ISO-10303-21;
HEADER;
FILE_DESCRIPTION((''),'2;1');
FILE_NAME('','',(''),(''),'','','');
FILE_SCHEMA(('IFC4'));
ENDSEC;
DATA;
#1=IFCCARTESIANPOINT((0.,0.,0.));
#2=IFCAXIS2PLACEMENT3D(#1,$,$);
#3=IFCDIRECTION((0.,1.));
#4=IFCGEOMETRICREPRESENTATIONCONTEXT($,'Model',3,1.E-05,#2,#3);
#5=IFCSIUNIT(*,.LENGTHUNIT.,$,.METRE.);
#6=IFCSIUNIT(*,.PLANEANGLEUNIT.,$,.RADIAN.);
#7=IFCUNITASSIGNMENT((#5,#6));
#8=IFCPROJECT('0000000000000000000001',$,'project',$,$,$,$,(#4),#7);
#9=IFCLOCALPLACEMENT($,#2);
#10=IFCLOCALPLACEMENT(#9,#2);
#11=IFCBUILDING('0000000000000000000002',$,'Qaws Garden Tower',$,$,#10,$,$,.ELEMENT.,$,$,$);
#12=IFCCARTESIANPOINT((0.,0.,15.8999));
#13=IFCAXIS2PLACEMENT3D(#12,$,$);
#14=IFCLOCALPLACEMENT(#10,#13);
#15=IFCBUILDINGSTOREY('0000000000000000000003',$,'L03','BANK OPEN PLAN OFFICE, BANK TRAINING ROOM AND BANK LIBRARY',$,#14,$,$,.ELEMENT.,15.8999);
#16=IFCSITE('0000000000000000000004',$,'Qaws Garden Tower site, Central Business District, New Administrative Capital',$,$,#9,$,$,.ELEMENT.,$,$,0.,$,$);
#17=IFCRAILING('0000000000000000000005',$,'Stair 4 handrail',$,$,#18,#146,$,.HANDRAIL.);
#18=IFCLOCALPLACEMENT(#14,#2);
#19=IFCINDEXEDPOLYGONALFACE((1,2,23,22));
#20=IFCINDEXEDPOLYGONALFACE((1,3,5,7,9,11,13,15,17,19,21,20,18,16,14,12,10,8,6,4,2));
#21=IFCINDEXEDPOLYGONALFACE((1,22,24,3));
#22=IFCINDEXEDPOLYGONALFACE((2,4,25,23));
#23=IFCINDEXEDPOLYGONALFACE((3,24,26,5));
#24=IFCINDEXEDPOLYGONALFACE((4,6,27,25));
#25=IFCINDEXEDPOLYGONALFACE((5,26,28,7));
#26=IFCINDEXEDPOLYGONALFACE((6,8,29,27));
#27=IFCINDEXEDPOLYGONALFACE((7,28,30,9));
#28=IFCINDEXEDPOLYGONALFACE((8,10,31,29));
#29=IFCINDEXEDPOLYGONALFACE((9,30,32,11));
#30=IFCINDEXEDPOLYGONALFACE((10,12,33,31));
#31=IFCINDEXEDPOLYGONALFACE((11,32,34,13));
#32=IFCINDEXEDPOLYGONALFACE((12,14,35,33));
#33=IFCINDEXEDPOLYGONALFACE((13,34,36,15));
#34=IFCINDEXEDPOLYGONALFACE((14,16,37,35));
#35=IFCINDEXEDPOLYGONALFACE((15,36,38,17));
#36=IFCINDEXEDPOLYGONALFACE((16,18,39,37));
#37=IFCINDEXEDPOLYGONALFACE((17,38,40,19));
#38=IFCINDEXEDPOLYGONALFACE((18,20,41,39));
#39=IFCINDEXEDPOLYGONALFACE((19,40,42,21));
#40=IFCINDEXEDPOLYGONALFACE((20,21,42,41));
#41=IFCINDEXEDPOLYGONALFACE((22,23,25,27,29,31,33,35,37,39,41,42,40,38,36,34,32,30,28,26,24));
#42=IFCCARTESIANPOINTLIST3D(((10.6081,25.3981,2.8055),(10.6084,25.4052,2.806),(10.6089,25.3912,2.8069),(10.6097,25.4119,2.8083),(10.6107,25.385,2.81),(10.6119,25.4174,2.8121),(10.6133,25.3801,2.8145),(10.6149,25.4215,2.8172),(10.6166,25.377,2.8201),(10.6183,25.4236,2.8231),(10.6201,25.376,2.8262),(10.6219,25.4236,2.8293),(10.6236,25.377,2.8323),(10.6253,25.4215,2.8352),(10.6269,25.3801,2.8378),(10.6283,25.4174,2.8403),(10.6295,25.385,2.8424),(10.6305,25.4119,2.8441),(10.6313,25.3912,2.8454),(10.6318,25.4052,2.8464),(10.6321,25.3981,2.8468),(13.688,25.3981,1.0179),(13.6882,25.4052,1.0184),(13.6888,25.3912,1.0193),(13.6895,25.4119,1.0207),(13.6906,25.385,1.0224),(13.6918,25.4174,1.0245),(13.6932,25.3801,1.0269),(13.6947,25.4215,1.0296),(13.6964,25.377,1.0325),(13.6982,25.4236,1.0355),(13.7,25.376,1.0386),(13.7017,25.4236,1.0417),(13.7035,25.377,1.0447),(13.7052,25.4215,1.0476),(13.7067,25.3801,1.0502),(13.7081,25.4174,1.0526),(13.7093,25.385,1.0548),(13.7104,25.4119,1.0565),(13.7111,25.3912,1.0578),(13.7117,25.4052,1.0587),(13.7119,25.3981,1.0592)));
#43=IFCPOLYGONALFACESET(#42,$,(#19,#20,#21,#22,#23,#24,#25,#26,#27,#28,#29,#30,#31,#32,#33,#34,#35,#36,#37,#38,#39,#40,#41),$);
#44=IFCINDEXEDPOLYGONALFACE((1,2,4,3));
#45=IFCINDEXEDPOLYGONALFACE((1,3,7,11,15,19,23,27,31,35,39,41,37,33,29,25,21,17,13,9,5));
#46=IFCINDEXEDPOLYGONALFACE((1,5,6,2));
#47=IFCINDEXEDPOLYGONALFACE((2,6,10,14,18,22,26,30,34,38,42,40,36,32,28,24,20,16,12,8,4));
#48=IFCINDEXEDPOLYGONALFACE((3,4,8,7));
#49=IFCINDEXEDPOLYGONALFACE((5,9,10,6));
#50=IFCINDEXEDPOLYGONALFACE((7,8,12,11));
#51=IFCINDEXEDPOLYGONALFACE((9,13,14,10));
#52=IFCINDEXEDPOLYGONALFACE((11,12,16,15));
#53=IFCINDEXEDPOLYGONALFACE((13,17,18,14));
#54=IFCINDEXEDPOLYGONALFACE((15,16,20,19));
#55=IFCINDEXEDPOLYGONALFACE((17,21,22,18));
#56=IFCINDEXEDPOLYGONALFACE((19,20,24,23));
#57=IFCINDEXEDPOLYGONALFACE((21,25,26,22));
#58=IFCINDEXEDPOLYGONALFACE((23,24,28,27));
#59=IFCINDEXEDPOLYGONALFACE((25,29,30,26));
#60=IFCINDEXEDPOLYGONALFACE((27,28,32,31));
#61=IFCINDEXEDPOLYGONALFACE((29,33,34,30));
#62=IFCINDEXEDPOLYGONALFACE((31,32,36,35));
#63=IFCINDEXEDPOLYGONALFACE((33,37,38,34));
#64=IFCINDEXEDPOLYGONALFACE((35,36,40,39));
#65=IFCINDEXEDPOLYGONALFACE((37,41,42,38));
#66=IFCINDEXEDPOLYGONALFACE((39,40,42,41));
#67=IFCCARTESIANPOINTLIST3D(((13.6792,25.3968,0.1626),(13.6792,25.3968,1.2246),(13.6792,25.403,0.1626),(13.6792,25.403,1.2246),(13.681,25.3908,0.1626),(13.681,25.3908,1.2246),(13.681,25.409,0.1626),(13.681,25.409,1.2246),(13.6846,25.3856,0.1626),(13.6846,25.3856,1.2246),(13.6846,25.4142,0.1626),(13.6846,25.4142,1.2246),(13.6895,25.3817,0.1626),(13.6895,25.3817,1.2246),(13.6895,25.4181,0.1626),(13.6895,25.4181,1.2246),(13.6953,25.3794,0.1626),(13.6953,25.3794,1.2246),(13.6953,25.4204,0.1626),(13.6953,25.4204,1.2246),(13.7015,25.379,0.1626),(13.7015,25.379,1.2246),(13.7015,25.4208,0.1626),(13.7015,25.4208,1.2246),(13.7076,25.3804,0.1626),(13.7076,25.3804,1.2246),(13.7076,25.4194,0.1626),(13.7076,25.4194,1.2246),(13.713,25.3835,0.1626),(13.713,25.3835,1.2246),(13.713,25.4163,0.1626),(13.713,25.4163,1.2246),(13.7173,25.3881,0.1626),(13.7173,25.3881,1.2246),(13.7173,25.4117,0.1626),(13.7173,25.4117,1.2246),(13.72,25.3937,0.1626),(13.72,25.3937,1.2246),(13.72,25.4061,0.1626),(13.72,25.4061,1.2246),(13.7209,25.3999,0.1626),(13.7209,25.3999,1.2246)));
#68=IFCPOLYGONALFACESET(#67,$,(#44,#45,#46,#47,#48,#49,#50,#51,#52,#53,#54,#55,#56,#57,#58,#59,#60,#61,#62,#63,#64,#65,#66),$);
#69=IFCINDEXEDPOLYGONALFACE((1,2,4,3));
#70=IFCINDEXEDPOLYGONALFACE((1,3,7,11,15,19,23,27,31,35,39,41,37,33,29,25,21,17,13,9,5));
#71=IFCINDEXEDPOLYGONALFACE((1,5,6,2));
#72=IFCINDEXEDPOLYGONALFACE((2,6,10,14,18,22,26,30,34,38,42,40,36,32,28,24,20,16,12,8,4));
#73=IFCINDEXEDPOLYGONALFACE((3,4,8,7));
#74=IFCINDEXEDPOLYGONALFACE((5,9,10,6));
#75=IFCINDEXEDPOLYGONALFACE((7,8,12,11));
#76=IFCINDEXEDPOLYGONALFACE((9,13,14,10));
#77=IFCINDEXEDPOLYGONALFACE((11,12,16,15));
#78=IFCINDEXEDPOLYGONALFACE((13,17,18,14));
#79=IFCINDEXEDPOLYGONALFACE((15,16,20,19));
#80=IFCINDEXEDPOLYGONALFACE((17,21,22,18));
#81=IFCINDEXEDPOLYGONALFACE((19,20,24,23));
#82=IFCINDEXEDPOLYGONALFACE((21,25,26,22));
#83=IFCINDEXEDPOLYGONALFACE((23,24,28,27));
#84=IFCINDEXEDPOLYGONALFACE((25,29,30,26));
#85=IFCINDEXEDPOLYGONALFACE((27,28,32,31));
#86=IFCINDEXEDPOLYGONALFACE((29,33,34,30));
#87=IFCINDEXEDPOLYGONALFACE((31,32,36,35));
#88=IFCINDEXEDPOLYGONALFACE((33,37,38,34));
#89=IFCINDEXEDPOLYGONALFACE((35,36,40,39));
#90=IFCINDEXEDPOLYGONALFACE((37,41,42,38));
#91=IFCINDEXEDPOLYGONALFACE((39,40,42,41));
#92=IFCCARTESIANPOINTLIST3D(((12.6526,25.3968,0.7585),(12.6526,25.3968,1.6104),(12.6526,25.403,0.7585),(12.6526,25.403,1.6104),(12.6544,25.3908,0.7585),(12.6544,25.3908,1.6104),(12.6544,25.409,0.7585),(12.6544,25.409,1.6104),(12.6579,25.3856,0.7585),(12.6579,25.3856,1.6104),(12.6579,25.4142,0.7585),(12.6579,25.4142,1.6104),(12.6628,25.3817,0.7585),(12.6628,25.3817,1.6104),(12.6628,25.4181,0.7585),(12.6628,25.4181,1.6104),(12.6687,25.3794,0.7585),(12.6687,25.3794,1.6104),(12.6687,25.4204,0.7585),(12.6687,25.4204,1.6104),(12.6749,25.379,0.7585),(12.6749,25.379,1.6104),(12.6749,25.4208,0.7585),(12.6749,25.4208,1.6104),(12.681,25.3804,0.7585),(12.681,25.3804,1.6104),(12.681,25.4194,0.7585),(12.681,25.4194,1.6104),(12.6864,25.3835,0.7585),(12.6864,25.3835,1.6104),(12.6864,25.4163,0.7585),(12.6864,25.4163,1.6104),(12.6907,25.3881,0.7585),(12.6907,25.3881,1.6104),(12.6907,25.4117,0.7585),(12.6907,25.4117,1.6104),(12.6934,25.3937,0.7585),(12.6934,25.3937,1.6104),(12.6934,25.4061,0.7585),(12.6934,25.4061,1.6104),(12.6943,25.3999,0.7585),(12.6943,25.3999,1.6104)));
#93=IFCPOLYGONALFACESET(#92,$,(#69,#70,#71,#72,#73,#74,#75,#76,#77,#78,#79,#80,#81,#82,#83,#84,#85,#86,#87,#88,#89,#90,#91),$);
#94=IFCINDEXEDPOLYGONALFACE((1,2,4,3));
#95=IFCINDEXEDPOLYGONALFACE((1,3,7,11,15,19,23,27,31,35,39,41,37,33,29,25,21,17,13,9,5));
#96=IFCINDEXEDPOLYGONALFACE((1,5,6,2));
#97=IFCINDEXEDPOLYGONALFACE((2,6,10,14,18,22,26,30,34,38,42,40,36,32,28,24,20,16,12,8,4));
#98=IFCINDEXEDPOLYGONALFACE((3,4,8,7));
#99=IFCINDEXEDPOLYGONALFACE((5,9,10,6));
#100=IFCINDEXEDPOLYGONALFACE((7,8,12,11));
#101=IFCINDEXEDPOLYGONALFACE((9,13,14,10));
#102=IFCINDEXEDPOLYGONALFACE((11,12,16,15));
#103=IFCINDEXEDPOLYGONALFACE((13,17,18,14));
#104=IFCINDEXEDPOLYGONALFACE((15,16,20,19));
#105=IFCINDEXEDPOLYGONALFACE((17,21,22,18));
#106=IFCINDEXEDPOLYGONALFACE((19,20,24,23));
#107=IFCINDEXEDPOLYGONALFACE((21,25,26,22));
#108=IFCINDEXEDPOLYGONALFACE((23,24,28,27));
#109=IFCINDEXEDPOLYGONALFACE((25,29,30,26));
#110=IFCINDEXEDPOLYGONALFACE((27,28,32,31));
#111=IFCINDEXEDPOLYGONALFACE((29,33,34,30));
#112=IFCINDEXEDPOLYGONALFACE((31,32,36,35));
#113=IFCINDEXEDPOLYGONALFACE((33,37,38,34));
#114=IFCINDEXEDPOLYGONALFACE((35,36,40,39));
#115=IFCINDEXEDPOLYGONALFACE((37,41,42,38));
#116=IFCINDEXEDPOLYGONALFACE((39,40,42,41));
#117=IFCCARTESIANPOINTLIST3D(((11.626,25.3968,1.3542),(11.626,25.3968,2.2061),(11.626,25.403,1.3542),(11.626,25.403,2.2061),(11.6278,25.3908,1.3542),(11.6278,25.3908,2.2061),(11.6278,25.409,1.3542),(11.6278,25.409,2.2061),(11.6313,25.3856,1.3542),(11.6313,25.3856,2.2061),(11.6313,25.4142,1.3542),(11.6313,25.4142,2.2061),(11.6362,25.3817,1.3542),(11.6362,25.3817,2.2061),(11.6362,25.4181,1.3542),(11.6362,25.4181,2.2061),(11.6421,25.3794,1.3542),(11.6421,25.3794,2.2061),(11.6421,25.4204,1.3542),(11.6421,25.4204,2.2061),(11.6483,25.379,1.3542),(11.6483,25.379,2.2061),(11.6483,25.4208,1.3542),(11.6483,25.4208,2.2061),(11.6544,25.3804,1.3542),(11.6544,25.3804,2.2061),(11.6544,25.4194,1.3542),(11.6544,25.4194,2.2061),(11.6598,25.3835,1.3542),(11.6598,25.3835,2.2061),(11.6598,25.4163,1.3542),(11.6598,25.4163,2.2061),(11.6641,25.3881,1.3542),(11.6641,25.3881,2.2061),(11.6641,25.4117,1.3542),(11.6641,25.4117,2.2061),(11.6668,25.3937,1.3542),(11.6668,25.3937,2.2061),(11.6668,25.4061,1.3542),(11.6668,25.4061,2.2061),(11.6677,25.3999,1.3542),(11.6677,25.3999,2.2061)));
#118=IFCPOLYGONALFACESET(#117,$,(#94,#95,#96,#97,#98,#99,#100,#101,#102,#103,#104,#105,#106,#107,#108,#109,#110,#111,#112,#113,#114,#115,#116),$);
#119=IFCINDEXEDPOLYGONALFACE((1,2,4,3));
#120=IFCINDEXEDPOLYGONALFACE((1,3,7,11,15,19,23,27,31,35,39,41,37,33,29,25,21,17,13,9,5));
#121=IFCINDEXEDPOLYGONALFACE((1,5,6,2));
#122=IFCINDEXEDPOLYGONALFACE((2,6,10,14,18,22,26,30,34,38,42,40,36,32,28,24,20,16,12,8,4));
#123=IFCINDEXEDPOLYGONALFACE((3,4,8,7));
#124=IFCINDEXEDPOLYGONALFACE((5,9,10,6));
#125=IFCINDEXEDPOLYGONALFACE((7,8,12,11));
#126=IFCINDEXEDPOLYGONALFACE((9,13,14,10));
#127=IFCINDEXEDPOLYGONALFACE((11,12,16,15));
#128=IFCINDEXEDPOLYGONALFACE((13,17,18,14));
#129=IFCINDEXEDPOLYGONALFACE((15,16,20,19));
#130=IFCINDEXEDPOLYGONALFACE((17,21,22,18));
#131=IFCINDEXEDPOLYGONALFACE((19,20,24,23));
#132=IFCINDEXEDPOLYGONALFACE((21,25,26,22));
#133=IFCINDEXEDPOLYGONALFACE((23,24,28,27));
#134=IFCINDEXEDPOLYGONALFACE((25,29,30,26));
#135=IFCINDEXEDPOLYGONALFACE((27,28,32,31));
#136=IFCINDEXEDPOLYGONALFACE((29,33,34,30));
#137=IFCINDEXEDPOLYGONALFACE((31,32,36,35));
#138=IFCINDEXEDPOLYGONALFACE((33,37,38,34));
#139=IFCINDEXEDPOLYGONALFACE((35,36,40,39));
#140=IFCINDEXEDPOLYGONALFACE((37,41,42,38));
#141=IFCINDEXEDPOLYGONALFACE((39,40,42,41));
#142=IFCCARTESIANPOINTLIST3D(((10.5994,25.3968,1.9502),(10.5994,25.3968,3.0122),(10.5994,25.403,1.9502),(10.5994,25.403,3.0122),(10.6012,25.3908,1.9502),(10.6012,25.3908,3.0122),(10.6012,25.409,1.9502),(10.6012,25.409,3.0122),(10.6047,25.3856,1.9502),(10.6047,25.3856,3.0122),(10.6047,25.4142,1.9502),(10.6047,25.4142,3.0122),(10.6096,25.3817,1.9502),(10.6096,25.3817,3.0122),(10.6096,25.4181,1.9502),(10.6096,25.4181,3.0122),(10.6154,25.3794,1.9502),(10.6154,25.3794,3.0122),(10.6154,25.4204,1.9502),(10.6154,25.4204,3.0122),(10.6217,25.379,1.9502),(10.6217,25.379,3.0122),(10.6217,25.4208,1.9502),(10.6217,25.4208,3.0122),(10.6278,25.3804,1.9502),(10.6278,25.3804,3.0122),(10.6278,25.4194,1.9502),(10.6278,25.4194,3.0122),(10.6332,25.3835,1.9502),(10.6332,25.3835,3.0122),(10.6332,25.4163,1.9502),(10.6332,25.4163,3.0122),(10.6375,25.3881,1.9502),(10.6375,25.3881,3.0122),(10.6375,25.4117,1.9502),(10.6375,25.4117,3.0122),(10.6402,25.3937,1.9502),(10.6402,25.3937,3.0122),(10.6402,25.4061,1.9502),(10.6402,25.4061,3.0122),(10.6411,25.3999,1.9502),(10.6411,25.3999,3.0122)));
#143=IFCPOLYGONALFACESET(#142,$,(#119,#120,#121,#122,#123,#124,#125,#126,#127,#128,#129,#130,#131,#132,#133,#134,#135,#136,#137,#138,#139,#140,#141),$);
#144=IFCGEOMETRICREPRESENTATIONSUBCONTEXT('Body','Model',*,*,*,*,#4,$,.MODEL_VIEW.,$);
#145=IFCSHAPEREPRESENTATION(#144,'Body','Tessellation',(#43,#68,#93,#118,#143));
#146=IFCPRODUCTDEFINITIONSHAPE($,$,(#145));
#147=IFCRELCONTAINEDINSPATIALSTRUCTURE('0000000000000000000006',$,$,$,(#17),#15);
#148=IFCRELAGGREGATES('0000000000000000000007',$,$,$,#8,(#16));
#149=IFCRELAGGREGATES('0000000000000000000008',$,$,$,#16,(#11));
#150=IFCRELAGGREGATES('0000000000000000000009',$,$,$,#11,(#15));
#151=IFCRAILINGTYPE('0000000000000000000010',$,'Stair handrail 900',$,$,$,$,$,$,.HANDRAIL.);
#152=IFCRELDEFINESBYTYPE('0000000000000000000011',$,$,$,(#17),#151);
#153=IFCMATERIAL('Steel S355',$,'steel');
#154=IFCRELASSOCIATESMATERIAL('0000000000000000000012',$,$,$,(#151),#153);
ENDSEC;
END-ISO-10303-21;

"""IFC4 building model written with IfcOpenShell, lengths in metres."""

from ifc_helpers import new_model, si_unit, direction, frame, origin, origin_2d, place, context, subcontext, project, spatial, circle, extrude, material, type_object, element, save


model = new_model("IFC4")

# Units and contexts
model_context = context("Model", 3, precision=1e-05, world=origin(), true_north=direction((0.0, 1.0)))
body_context = subcontext(model_context, "Body", "Model", "MODEL_VIEW")
ifc_project = project(units=[si_unit("LENGTHUNIT", "METRE"), si_unit("PLANEANGLEUNIT", "RADIAN")], contexts=[model_context])

# Site, building, storey
site_placement = place(None, origin())
site = spatial("IfcSite", under=ifc_project, at=site_placement, Name="Qaws Garden Tower site, Central Business District, New Administrative Capital", CompositionType="ELEMENT", RefElevation=0.0)
building_placement = place(site_placement, origin())
building = spatial("IfcBuilding", under=site, at=building_placement, Name="Qaws Garden Tower", CompositionType="ELEMENT")
storey_placement = place(building_placement, frame((0.0, 0.0, 15.8999)))
storey = spatial("IfcBuildingStorey", under=building, at=storey_placement, Name="L03", Description="BANK OPEN PLAN OFFICE, BANK TRAINING ROOM AND BANK LIBRARY", CompositionType="ELEMENT", Elevation=15.8999)

# Railing
ifc_material_1 = material(Name="Steel S355", Category="steel")
railing_type = type_object("IfcRailingType", Name="Stair handrail 900", PredefinedType="HANDRAIL", material=ifc_material_1)
railing_1_placement = place(storey_placement, frame((13.7, 25.3999, 0.1626)))
element("IfcRailing", 1, at=railing_1_placement, inside=storey, type_object=railing_type, Name="Stair 4 handrail", PredefinedType="HANDRAIL", context=body_context, shape_type="SweptSolid", body=[
    extrude(circle(Radius=0.0239, at=origin_2d()), frame((0.0, 0.0, 0.876), z_axis=(-0.864873, 0.0, 0.50199), x_axis=(0.0, -1.0, 0.0)), (0.0, 0.0, 1.0), 3.561),
    extrude(circle(Radius=0.021, at=origin_2d()), origin(), (0.0, 0.0, 1.0), 1.062),
    extrude(circle(Radius=0.021, at=origin_2d()), frame((-1.0266, 0.0, 0.5959)), (0.0, 0.0, 1.0), 0.8518),
    extrude(circle(Radius=0.021, at=origin_2d()), frame((-2.0532, 0.0, 1.1917)), (0.0, 0.0, 1.0), 0.8518),
    extrude(circle(Radius=0.021, at=origin_2d()), frame((-3.0798, 0.0, 1.7876)), (0.0, 0.0, 1.0), 1.062),
])

save(model, "model.ifc")
